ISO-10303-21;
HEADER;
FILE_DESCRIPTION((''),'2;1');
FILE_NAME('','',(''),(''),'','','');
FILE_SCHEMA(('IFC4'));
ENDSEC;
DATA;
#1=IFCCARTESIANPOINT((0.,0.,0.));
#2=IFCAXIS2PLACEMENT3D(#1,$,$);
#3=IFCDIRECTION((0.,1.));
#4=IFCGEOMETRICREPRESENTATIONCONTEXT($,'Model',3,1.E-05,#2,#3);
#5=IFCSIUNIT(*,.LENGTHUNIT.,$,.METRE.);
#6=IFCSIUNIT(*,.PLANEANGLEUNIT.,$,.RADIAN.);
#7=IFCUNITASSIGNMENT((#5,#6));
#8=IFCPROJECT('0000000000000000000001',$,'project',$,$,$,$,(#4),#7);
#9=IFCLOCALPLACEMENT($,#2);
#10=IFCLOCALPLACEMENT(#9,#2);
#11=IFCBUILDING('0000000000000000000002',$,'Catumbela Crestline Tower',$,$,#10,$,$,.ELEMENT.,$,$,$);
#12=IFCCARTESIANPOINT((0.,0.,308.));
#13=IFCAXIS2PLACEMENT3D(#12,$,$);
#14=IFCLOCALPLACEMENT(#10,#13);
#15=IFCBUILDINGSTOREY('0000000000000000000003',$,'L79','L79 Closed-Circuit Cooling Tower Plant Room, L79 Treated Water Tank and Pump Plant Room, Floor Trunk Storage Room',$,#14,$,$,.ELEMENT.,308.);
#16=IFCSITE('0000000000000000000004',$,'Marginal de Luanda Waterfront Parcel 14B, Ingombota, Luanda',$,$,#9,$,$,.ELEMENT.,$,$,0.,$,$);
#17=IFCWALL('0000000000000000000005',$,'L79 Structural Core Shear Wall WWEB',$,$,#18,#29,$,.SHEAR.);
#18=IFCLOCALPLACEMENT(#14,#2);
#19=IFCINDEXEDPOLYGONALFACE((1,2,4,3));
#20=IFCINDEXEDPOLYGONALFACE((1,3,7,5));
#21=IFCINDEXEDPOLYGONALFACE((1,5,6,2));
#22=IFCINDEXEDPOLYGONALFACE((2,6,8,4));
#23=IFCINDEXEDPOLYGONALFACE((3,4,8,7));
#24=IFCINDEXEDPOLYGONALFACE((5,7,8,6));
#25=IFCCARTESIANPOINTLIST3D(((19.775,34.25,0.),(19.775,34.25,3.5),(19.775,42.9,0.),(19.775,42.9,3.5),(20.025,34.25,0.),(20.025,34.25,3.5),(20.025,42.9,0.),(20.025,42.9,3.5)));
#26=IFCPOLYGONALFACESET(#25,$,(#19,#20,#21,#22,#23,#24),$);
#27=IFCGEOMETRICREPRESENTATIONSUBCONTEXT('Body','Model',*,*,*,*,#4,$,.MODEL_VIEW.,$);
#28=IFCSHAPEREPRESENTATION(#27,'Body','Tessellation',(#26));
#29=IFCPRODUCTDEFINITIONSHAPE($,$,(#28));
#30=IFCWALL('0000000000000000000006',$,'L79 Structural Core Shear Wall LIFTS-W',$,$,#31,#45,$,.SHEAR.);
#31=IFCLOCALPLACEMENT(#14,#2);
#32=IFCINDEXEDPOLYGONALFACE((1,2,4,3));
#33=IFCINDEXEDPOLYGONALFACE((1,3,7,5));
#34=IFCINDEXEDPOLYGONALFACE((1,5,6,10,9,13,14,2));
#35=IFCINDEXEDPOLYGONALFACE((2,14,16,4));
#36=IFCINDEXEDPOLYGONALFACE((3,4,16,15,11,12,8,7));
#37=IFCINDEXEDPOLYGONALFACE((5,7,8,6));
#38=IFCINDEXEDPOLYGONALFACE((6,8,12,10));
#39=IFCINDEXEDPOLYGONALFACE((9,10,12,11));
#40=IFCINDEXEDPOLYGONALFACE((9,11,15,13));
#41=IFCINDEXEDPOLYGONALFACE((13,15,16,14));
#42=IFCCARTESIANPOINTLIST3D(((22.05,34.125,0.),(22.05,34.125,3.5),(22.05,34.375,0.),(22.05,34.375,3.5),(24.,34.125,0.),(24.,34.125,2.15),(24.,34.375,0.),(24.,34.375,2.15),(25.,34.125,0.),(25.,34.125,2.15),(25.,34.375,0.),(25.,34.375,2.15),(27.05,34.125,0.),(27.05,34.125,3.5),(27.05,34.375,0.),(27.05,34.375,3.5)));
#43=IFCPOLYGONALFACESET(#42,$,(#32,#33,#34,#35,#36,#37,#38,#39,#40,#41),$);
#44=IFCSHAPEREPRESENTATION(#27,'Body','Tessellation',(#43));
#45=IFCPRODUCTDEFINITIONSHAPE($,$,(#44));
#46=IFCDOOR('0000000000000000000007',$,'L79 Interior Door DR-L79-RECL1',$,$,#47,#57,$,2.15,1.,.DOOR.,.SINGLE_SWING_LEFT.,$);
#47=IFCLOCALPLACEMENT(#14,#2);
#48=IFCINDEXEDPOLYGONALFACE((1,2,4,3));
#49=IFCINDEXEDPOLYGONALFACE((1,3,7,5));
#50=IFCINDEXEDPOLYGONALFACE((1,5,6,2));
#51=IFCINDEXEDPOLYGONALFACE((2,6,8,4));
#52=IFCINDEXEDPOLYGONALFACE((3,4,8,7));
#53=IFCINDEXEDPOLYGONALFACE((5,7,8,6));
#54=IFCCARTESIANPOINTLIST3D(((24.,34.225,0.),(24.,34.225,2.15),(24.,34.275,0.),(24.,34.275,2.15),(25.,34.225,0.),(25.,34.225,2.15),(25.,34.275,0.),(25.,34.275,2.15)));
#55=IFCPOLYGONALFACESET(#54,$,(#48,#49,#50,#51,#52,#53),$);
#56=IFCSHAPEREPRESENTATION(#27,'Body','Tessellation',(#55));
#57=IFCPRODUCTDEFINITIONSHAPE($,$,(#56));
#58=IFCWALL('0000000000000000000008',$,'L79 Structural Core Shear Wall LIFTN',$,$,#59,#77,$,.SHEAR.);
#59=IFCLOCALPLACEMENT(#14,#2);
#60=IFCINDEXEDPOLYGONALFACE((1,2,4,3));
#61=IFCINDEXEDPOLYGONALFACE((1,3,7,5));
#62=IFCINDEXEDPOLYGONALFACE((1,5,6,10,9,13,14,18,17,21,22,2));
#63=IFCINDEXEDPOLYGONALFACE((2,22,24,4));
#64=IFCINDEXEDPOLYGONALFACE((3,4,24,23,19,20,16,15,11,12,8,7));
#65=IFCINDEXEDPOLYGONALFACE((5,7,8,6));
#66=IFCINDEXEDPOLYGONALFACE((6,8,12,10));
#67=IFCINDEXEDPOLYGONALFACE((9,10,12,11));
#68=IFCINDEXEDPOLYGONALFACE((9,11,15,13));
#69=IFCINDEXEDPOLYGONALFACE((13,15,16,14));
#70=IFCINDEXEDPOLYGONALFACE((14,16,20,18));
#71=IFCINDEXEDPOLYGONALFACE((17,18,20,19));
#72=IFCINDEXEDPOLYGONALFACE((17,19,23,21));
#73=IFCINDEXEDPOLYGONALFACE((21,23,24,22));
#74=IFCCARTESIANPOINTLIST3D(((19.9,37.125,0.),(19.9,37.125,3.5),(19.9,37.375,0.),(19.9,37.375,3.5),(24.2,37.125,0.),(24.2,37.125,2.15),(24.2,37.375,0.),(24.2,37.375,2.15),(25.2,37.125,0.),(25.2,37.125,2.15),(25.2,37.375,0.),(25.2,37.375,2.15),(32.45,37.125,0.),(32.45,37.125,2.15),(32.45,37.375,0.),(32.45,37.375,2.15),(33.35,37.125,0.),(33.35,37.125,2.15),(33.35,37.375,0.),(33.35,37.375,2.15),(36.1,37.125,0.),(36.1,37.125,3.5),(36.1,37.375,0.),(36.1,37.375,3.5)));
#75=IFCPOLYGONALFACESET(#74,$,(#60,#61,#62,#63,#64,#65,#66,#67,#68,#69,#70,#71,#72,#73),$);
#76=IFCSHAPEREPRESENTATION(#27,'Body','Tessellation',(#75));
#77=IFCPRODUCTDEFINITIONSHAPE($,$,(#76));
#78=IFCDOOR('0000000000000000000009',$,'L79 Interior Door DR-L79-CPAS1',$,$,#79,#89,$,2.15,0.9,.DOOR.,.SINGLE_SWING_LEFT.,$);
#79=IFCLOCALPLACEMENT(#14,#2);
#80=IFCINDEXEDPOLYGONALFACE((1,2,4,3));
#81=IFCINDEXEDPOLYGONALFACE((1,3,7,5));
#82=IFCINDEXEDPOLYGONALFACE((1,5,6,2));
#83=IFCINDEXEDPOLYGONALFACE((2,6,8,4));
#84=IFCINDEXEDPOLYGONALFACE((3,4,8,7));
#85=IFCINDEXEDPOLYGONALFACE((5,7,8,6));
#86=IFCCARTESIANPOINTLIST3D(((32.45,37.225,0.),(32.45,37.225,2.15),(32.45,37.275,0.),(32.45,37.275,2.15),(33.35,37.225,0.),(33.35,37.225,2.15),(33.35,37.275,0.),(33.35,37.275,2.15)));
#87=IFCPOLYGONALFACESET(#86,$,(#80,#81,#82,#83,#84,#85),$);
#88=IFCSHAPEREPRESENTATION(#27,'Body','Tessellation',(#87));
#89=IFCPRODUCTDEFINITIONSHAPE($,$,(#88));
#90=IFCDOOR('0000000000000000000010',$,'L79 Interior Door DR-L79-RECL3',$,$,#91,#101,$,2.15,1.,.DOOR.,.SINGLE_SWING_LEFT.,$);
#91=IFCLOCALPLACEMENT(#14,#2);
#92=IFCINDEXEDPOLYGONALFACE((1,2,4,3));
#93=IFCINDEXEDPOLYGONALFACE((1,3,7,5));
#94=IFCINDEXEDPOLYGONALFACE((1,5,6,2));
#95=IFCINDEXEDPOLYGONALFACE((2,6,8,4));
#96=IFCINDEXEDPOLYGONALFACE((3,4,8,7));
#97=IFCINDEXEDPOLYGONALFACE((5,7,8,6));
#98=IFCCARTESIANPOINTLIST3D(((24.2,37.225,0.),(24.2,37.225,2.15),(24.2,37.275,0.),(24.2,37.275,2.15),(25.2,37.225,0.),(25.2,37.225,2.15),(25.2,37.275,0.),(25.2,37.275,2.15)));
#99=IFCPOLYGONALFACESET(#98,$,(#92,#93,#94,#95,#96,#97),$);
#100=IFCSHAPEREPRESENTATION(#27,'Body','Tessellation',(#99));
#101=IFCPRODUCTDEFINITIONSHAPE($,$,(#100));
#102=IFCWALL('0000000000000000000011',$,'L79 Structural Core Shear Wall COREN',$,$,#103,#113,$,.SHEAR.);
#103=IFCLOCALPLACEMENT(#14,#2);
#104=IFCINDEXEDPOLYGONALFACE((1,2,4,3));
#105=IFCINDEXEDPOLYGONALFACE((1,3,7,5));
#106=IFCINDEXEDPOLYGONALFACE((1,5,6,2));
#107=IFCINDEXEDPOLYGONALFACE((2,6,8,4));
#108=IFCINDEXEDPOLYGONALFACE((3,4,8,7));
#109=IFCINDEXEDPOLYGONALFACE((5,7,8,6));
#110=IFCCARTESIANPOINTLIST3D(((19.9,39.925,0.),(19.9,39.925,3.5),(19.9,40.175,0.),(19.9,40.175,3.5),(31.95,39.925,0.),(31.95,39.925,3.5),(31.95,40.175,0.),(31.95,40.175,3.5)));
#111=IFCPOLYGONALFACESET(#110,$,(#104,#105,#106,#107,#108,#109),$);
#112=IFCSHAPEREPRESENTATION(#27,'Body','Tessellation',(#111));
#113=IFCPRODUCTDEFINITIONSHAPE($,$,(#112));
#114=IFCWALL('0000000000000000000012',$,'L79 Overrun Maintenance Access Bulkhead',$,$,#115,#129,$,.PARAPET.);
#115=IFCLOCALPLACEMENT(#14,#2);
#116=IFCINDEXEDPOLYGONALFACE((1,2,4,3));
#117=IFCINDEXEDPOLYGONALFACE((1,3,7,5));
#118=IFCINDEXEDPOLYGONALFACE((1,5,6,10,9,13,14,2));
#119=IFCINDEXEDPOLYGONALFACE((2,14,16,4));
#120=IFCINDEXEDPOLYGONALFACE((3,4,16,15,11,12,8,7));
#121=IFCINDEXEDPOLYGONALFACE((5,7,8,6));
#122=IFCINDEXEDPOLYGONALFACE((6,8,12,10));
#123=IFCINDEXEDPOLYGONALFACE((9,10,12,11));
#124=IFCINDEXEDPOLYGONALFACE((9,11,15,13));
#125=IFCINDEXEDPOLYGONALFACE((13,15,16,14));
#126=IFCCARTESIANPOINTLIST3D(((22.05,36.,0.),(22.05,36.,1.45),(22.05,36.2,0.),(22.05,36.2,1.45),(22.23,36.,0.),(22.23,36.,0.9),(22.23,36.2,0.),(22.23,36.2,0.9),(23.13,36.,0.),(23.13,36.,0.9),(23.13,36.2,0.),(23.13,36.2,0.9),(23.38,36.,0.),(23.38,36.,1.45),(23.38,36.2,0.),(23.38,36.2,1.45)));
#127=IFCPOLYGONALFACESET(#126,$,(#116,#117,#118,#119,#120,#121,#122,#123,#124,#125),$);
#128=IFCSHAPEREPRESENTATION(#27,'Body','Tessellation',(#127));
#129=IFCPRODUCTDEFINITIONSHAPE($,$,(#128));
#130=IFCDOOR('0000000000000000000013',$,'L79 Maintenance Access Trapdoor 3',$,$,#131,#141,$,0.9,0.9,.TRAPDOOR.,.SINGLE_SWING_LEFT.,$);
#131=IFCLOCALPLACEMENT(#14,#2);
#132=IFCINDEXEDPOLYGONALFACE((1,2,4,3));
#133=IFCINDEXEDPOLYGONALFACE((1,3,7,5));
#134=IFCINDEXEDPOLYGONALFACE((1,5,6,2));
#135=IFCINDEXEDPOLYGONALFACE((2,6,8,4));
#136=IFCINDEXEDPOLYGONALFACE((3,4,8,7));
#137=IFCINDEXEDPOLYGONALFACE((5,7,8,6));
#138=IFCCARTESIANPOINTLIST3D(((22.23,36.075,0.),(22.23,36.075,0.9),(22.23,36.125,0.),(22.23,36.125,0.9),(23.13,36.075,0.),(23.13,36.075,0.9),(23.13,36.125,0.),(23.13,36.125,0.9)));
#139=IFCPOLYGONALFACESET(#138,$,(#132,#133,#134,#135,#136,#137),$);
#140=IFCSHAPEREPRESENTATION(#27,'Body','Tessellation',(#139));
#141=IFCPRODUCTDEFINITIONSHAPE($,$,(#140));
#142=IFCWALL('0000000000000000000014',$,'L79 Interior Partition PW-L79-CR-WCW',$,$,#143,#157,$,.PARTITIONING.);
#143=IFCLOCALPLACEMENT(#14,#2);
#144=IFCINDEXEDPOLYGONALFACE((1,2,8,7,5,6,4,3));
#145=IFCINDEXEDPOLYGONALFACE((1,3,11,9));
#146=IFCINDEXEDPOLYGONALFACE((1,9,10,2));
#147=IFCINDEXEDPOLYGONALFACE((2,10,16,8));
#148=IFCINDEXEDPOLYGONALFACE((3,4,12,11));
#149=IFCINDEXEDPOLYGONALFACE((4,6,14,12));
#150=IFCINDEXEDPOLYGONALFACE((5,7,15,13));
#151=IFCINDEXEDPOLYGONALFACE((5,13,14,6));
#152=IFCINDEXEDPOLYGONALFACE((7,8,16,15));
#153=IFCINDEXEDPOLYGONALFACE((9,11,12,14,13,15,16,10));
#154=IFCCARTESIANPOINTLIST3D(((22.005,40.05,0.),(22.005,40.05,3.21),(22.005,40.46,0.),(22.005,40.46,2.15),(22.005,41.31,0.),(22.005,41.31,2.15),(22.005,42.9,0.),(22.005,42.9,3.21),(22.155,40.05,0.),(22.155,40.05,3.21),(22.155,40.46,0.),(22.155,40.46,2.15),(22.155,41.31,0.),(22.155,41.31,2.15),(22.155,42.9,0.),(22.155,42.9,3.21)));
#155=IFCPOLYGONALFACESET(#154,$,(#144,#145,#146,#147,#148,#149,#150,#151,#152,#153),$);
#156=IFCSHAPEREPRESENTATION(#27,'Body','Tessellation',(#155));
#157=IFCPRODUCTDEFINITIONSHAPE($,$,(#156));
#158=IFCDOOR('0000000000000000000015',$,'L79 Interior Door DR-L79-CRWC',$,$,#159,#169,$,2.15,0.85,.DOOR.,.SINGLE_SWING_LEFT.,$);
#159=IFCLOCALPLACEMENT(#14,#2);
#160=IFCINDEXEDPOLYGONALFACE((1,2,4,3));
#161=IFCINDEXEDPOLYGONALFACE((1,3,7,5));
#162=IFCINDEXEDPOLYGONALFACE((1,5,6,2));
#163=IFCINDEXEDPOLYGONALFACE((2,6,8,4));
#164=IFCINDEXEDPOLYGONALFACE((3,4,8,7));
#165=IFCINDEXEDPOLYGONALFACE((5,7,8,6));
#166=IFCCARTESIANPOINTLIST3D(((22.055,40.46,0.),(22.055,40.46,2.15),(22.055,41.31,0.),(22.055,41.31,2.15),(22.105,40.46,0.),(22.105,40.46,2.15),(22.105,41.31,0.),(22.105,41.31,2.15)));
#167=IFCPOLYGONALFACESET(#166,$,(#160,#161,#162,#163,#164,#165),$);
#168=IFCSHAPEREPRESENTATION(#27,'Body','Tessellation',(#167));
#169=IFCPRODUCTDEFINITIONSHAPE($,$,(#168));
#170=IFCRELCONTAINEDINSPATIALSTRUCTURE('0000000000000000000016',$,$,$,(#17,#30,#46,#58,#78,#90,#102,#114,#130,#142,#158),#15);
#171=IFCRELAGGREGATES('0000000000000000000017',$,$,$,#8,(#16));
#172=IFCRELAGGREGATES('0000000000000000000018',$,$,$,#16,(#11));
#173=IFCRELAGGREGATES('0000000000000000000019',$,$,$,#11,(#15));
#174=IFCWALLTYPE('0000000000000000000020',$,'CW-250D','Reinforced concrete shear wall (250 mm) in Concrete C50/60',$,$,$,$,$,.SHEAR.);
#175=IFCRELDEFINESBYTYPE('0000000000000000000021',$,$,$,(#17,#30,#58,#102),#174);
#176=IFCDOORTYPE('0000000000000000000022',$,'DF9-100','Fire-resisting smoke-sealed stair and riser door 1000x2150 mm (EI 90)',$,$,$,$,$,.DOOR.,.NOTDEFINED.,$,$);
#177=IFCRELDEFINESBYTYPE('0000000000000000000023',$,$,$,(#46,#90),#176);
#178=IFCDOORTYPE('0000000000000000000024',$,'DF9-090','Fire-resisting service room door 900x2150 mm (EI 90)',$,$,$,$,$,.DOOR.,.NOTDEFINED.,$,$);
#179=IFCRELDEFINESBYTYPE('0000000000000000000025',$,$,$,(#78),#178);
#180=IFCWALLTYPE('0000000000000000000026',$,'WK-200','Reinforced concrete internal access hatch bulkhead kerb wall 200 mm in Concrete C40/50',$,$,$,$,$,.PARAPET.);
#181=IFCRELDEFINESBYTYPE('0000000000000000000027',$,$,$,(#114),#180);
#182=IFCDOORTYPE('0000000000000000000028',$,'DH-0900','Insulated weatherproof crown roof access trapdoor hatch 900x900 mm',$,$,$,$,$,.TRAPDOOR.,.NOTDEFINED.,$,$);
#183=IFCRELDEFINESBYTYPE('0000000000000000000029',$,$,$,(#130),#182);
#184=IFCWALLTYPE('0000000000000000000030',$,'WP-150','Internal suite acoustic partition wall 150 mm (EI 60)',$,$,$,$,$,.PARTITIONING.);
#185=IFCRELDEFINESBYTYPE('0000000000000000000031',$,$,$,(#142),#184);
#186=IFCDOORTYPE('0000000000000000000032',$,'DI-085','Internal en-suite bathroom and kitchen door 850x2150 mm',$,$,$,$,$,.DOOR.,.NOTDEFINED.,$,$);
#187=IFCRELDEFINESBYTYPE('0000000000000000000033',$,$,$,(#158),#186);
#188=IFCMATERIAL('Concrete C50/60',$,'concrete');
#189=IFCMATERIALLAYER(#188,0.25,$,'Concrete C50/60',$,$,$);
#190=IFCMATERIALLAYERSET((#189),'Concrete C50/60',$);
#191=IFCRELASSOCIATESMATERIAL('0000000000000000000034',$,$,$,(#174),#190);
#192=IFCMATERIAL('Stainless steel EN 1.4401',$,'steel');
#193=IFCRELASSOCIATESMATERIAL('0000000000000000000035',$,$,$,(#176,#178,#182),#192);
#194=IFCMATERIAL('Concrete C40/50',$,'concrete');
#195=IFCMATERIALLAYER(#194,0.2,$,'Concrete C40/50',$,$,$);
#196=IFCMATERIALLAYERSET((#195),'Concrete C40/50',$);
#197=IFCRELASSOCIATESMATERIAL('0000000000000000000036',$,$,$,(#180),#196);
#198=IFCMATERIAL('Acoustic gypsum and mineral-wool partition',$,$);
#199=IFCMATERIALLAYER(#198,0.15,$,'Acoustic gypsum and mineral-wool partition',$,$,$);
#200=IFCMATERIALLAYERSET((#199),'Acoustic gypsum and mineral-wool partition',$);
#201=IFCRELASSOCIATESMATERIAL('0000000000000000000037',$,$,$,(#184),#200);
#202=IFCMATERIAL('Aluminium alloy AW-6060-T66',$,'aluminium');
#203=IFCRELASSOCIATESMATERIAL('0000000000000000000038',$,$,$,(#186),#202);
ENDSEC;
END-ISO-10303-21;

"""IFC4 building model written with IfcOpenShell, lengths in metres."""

from ifc_helpers import new_model, si_unit, direction, frame, frame_2d, origin, place, context, subcontext, project, spatial, rectangle, extrude, material, layer, layer_set, type_object, element, fill, save


model = new_model("IFC4")

# Units and contexts
model_context = context("Model", 3, precision=1e-05, world=origin(), true_north=direction((0.0, 1.0)))
body_context = subcontext(model_context, "Body", "Model", "MODEL_VIEW")
ifc_project = project(units=[si_unit("LENGTHUNIT", "METRE"), si_unit("PLANEANGLEUNIT", "RADIAN")], contexts=[model_context])

# Site, building, storey
site_placement = place(None, origin())
site = spatial("IfcSite", under=ifc_project, at=site_placement, Name="Marginal de Luanda Waterfront Parcel 14B, Ingombota, Luanda", CompositionType="ELEMENT", RefElevation=0.0)
building_placement = place(site_placement, origin())
building = spatial("IfcBuilding", under=site, at=building_placement, Name="Catumbela Crestline Tower", CompositionType="ELEMENT")
storey_placement = place(building_placement, frame((0.0, 0.0, 308.0)))
storey = spatial("IfcBuildingStorey", under=building, at=storey_placement, Name="L79", Description="L79 Closed-Circuit Cooling Tower Plant Room, L79 Treated Water Tank and Pump Plant Room, Floor Trunk Storage Room", CompositionType="ELEMENT", Elevation=308.0)

# Wall
ifc_material_1 = material(Name="Concrete C50/60", Category="concrete")
ifc_layer_1 = layer(ifc_material_1, 0.25, Name="Concrete C50/60")
ifc_layer_set_1 = layer_set([ifc_layer_1], Name="Concrete C50/60")
wall_type_1 = type_object("IfcWallType", Name="CW-250D", Description="Reinforced concrete shear wall (250 mm) in Concrete C50/60", PredefinedType="SHEAR", material=ifc_layer_set_1)
wall_1_placement = place(storey_placement, frame((19.9, 34.25, 0.0), z_axis=(0.0, 0.0, 1.0), x_axis=(0.0, 1.0, 0.0)))
element("IfcWall", 1, at=wall_1_placement, inside=storey, type_object=wall_type_1, Name="L79 Structural Core Shear Wall WWEB", PredefinedType="SHEAR", context=body_context, shape_type="SweptSolid", body=[
    extrude(rectangle(XDim=8.65, YDim=0.25, at=frame_2d((4.325, 0.0))), origin(), (0.0, 0.0, 1.0), 3.5),
])

# Wall, opening, door
wall_2_placement = place(storey_placement, frame((22.05, 34.25, 0.0), z_axis=(0.0, 0.0, 1.0), x_axis=(1.0, 0.0, 0.0)))
wall_2 = element("IfcWall", 2, at=wall_2_placement, inside=storey, type_object=wall_type_1, Name="L79 Structural Core Shear Wall LIFTS-W", PredefinedType="SHEAR", context=body_context, shape_type="SweptSolid", body=[
    extrude(rectangle(XDim=5.0, YDim=0.25, at=frame_2d((2.5, 0.0))), origin(), (0.0, 0.0, 1.0), 3.5),
])
opening_1_placement = place(wall_2_placement, frame((1.95, 0.0, 0.0)))
opening_1 = element("IfcOpeningElement", 3, at=opening_1_placement, cuts=wall_2, PredefinedType="OPENING", context=body_context, shape_type="SweptSolid", body=[
    extrude(rectangle(XDim=1.0, YDim=2.15, at=frame_2d((0.5, 1.075))), frame((0.0, 0.135, 0.0), z_axis=(0.0, -1.0, 0.0), x_axis=(1.0, 0.0, 0.0)), (0.0, 0.0, 1.0), 0.27),
])
ifc_material_2 = material(Name="Stainless steel EN 1.4401", Category="steel")
door_type_1 = type_object("IfcDoorType", Name="DF9-100", Description="Fire-resisting smoke-sealed stair and riser door 1000x2150 mm (EI 90)", OperationType="NOTDEFINED", PredefinedType="DOOR", material=ifc_material_2)
door_1_placement = place(opening_1_placement, origin())
door_1 = element("IfcDoor", 4, at=door_1_placement, inside=storey, type_object=door_type_1, Name="L79 Interior Door DR-L79-RECL1", OperationType="SINGLE_SWING_LEFT", OverallHeight=2.15, OverallWidth=1.0, PredefinedType="DOOR", context=body_context, shape_type="SweptSolid", body=[
    extrude(rectangle(XDim=1.0, YDim=2.15, at=frame_2d((0.5, 1.075))), frame((0.0, 0.025, 0.0), z_axis=(0.0, -1.0, 0.0), x_axis=(1.0, 0.0, 0.0)), (0.0, 0.0, 1.0), 0.05),
])
fill(opening_1, door_1)

# Wall, openings, doors
wall_3_placement = place(storey_placement, frame((19.9, 37.25, 0.0), z_axis=(0.0, 0.0, 1.0), x_axis=(1.0, 0.0, 0.0)))
wall_3 = element("IfcWall", 5, at=wall_3_placement, inside=storey, type_object=wall_type_1, Name="L79 Structural Core Shear Wall LIFTN", PredefinedType="SHEAR", context=body_context, shape_type="SweptSolid", body=[
    extrude(rectangle(XDim=16.2, YDim=0.25, at=frame_2d((8.1, 0.0))), origin(), (0.0, 0.0, 1.0), 3.5),
])
opening_2_placement = place(wall_3_placement, frame((4.3, 0.0, 0.0)))
opening_2 = element("IfcOpeningElement", 6, at=opening_2_placement, cuts=wall_3, PredefinedType="OPENING", context=body_context, shape_type="SweptSolid", body=[
    extrude(rectangle(XDim=1.0, YDim=2.15, at=frame_2d((0.5, 1.075))), frame((0.0, 0.135, 0.0), z_axis=(0.0, -1.0, 0.0), x_axis=(1.0, 0.0, 0.0)), (0.0, 0.0, 1.0), 0.27),
])
opening_3_placement = place(wall_3_placement, frame((12.55, 0.0, 0.0)))
opening_3 = element("IfcOpeningElement", 7, at=opening_3_placement, cuts=wall_3, PredefinedType="OPENING", context=body_context, shape_type="SweptSolid", body=[
    extrude(rectangle(XDim=0.9, YDim=2.15, at=frame_2d((0.45, 1.075))), frame((0.0, 0.135, 0.0), z_axis=(0.0, -1.0, 0.0), x_axis=(1.0, 0.0, 0.0)), (0.0, 0.0, 1.0), 0.27),
])
door_type_2 = type_object("IfcDoorType", Name="DF9-090", Description="Fire-resisting service room door 900x2150 mm (EI 90)", OperationType="NOTDEFINED", PredefinedType="DOOR", material=ifc_material_2)
door_2_placement = place(opening_3_placement, origin())
door_2 = element("IfcDoor", 8, at=door_2_placement, inside=storey, type_object=door_type_2, Name="L79 Interior Door DR-L79-CPAS1", OperationType="SINGLE_SWING_LEFT", OverallHeight=2.15, OverallWidth=0.9, PredefinedType="DOOR", context=body_context, shape_type="SweptSolid", body=[
    extrude(rectangle(XDim=0.9, YDim=2.15, at=frame_2d((0.45, 1.075))), frame((0.0, 0.025, 0.0), z_axis=(0.0, -1.0, 0.0), x_axis=(1.0, 0.0, 0.0)), (0.0, 0.0, 1.0), 0.05),
])
fill(opening_3, door_2)
door_3_placement = place(opening_2_placement, origin())
door_3 = element("IfcDoor", 9, at=door_3_placement, inside=storey, type_object=door_type_1, Name="L79 Interior Door DR-L79-RECL3", OperationType="SINGLE_SWING_LEFT", OverallHeight=2.15, OverallWidth=1.0, PredefinedType="DOOR", context=body_context, shape_type="SweptSolid", body=[
    extrude(rectangle(XDim=1.0, YDim=2.15, at=frame_2d((0.5, 1.075))), frame((0.0, 0.025, 0.0), z_axis=(0.0, -1.0, 0.0), x_axis=(1.0, 0.0, 0.0)), (0.0, 0.0, 1.0), 0.05),
])
fill(opening_2, door_3)

# Wall
wall_4_placement = place(storey_placement, frame((19.9, 40.05, 0.0), z_axis=(0.0, 0.0, 1.0), x_axis=(1.0, 0.0, 0.0)))
element("IfcWall", 10, at=wall_4_placement, inside=storey, type_object=wall_type_1, Name="L79 Structural Core Shear Wall COREN", PredefinedType="SHEAR", context=body_context, shape_type="SweptSolid", body=[
    extrude(rectangle(XDim=12.05, YDim=0.25, at=frame_2d((6.025, 0.0))), origin(), (0.0, 0.0, 1.0), 3.5),
])

# Walls, openings, doors
ifc_material_3 = material(Name="Concrete C40/50", Category="concrete")
ifc_layer_2 = layer(ifc_material_3, 0.2, Name="Concrete C40/50")
ifc_layer_set_2 = layer_set([ifc_layer_2], Name="Concrete C40/50")
wall_type_2 = type_object("IfcWallType", Name="WK-200", Description="Reinforced concrete internal access hatch bulkhead kerb wall 200 mm in Concrete C40/50", PredefinedType="PARAPET", material=ifc_layer_set_2)
wall_5_placement = place(storey_placement, frame((22.05, 36.1, 0.0), z_axis=(0.0, 0.0, 1.0), x_axis=(1.0, 0.0, 0.0)))
wall_5 = element("IfcWall", 11, at=wall_5_placement, inside=storey, type_object=wall_type_2, Name="L79 Overrun Maintenance Access Bulkhead", PredefinedType="PARAPET", context=body_context, shape_type="SweptSolid", body=[
    extrude(rectangle(XDim=1.33, YDim=0.2, at=frame_2d((0.665, 0.0))), origin(), (0.0, 0.0, 1.0), 1.45),
])
opening_4_placement = place(wall_5_placement, frame((0.18, 0.0, 0.0)))
opening_4 = element("IfcOpeningElement", 12, at=opening_4_placement, cuts=wall_5, PredefinedType="OPENING", context=body_context, shape_type="SweptSolid", body=[
    extrude(rectangle(XDim=0.9, YDim=0.9, at=frame_2d((0.45, 0.45))), frame((0.0, 0.11, 0.0), z_axis=(0.0, -1.0, 0.0), x_axis=(1.0, 0.0, 0.0)), (0.0, 0.0, 1.0), 0.22),
])
door_type_3 = type_object("IfcDoorType", Name="DH-0900", Description="Insulated weatherproof crown roof access trapdoor hatch 900x900 mm", OperationType="NOTDEFINED", PredefinedType="TRAPDOOR", material=ifc_material_2)
door_4_placement = place(opening_4_placement, origin())
door_4 = element("IfcDoor", 13, at=door_4_placement, inside=storey, type_object=door_type_3, Name="L79 Maintenance Access Trapdoor 3", OperationType="SINGLE_SWING_LEFT", OverallHeight=0.9, OverallWidth=0.9, PredefinedType="TRAPDOOR", context=body_context, shape_type="SweptSolid", body=[
    extrude(rectangle(XDim=0.9, YDim=0.9, at=frame_2d((0.45, 0.45))), frame((0.0, 0.025, 0.0), z_axis=(0.0, -1.0, 0.0), x_axis=(1.0, 0.0, 0.0)), (0.0, 0.0, 1.0), 0.05),
])
fill(opening_4, door_4)
ifc_material_4 = material(Name="Acoustic gypsum and mineral-wool partition")
ifc_layer_3 = layer(ifc_material_4, 0.15, Name="Acoustic gypsum and mineral-wool partition")
ifc_layer_set_3 = layer_set([ifc_layer_3], Name="Acoustic gypsum and mineral-wool partition")
wall_type_3 = type_object("IfcWallType", Name="WP-150", Description="Internal suite acoustic partition wall 150 mm (EI 60)", PredefinedType="PARTITIONING", material=ifc_layer_set_3)
wall_6_placement = place(storey_placement, frame((22.08, 40.05, 0.0), z_axis=(0.0, 0.0, 1.0), x_axis=(0.0, 1.0, 0.0)))
wall_6 = element("IfcWall", 14, at=wall_6_placement, inside=storey, type_object=wall_type_3, Name="L79 Interior Partition PW-L79-CR-WCW", PredefinedType="PARTITIONING", context=body_context, shape_type="SweptSolid", body=[
    extrude(rectangle(XDim=2.85, YDim=0.15, at=frame_2d((1.425, 0.0))), origin(), (0.0, 0.0, 1.0), 3.21),
])
opening_5_placement = place(wall_6_placement, frame((0.41, 0.0, 0.0)))
opening_5 = element("IfcOpeningElement", 15, at=opening_5_placement, cuts=wall_6, PredefinedType="OPENING", context=body_context, shape_type="SweptSolid", body=[
    extrude(rectangle(XDim=0.85, YDim=2.15, at=frame_2d((0.425, 1.075))), frame((0.0, 0.085, 0.0), z_axis=(0.0, -1.0, 0.0), x_axis=(1.0, 0.0, 0.0)), (0.0, 0.0, 1.0), 0.17),
])
ifc_material_5 = material(Name="Aluminium alloy AW-6060-T66", Category="aluminium")
door_type_4 = type_object("IfcDoorType", Name="DI-085", Description="Internal en-suite bathroom and kitchen door 850x2150 mm", OperationType="NOTDEFINED", PredefinedType="DOOR", material=ifc_material_5)
door_5_placement = place(opening_5_placement, origin())
door_5 = element("IfcDoor", 16, at=door_5_placement, inside=storey, type_object=door_type_4, Name="L79 Interior Door DR-L79-CRWC", OperationType="SINGLE_SWING_LEFT", OverallHeight=2.15, OverallWidth=0.85, PredefinedType="DOOR", context=body_context, shape_type="SweptSolid", body=[
    extrude(rectangle(XDim=0.85, YDim=2.15, at=frame_2d((0.425, 1.075))), frame((0.0, 0.025, 0.0), z_axis=(0.0, -1.0, 0.0), x_axis=(1.0, 0.0, 0.0)), (0.0, 0.0, 1.0), 0.05),
])
fill(opening_5, door_5)

save(model, "model.ifc")
